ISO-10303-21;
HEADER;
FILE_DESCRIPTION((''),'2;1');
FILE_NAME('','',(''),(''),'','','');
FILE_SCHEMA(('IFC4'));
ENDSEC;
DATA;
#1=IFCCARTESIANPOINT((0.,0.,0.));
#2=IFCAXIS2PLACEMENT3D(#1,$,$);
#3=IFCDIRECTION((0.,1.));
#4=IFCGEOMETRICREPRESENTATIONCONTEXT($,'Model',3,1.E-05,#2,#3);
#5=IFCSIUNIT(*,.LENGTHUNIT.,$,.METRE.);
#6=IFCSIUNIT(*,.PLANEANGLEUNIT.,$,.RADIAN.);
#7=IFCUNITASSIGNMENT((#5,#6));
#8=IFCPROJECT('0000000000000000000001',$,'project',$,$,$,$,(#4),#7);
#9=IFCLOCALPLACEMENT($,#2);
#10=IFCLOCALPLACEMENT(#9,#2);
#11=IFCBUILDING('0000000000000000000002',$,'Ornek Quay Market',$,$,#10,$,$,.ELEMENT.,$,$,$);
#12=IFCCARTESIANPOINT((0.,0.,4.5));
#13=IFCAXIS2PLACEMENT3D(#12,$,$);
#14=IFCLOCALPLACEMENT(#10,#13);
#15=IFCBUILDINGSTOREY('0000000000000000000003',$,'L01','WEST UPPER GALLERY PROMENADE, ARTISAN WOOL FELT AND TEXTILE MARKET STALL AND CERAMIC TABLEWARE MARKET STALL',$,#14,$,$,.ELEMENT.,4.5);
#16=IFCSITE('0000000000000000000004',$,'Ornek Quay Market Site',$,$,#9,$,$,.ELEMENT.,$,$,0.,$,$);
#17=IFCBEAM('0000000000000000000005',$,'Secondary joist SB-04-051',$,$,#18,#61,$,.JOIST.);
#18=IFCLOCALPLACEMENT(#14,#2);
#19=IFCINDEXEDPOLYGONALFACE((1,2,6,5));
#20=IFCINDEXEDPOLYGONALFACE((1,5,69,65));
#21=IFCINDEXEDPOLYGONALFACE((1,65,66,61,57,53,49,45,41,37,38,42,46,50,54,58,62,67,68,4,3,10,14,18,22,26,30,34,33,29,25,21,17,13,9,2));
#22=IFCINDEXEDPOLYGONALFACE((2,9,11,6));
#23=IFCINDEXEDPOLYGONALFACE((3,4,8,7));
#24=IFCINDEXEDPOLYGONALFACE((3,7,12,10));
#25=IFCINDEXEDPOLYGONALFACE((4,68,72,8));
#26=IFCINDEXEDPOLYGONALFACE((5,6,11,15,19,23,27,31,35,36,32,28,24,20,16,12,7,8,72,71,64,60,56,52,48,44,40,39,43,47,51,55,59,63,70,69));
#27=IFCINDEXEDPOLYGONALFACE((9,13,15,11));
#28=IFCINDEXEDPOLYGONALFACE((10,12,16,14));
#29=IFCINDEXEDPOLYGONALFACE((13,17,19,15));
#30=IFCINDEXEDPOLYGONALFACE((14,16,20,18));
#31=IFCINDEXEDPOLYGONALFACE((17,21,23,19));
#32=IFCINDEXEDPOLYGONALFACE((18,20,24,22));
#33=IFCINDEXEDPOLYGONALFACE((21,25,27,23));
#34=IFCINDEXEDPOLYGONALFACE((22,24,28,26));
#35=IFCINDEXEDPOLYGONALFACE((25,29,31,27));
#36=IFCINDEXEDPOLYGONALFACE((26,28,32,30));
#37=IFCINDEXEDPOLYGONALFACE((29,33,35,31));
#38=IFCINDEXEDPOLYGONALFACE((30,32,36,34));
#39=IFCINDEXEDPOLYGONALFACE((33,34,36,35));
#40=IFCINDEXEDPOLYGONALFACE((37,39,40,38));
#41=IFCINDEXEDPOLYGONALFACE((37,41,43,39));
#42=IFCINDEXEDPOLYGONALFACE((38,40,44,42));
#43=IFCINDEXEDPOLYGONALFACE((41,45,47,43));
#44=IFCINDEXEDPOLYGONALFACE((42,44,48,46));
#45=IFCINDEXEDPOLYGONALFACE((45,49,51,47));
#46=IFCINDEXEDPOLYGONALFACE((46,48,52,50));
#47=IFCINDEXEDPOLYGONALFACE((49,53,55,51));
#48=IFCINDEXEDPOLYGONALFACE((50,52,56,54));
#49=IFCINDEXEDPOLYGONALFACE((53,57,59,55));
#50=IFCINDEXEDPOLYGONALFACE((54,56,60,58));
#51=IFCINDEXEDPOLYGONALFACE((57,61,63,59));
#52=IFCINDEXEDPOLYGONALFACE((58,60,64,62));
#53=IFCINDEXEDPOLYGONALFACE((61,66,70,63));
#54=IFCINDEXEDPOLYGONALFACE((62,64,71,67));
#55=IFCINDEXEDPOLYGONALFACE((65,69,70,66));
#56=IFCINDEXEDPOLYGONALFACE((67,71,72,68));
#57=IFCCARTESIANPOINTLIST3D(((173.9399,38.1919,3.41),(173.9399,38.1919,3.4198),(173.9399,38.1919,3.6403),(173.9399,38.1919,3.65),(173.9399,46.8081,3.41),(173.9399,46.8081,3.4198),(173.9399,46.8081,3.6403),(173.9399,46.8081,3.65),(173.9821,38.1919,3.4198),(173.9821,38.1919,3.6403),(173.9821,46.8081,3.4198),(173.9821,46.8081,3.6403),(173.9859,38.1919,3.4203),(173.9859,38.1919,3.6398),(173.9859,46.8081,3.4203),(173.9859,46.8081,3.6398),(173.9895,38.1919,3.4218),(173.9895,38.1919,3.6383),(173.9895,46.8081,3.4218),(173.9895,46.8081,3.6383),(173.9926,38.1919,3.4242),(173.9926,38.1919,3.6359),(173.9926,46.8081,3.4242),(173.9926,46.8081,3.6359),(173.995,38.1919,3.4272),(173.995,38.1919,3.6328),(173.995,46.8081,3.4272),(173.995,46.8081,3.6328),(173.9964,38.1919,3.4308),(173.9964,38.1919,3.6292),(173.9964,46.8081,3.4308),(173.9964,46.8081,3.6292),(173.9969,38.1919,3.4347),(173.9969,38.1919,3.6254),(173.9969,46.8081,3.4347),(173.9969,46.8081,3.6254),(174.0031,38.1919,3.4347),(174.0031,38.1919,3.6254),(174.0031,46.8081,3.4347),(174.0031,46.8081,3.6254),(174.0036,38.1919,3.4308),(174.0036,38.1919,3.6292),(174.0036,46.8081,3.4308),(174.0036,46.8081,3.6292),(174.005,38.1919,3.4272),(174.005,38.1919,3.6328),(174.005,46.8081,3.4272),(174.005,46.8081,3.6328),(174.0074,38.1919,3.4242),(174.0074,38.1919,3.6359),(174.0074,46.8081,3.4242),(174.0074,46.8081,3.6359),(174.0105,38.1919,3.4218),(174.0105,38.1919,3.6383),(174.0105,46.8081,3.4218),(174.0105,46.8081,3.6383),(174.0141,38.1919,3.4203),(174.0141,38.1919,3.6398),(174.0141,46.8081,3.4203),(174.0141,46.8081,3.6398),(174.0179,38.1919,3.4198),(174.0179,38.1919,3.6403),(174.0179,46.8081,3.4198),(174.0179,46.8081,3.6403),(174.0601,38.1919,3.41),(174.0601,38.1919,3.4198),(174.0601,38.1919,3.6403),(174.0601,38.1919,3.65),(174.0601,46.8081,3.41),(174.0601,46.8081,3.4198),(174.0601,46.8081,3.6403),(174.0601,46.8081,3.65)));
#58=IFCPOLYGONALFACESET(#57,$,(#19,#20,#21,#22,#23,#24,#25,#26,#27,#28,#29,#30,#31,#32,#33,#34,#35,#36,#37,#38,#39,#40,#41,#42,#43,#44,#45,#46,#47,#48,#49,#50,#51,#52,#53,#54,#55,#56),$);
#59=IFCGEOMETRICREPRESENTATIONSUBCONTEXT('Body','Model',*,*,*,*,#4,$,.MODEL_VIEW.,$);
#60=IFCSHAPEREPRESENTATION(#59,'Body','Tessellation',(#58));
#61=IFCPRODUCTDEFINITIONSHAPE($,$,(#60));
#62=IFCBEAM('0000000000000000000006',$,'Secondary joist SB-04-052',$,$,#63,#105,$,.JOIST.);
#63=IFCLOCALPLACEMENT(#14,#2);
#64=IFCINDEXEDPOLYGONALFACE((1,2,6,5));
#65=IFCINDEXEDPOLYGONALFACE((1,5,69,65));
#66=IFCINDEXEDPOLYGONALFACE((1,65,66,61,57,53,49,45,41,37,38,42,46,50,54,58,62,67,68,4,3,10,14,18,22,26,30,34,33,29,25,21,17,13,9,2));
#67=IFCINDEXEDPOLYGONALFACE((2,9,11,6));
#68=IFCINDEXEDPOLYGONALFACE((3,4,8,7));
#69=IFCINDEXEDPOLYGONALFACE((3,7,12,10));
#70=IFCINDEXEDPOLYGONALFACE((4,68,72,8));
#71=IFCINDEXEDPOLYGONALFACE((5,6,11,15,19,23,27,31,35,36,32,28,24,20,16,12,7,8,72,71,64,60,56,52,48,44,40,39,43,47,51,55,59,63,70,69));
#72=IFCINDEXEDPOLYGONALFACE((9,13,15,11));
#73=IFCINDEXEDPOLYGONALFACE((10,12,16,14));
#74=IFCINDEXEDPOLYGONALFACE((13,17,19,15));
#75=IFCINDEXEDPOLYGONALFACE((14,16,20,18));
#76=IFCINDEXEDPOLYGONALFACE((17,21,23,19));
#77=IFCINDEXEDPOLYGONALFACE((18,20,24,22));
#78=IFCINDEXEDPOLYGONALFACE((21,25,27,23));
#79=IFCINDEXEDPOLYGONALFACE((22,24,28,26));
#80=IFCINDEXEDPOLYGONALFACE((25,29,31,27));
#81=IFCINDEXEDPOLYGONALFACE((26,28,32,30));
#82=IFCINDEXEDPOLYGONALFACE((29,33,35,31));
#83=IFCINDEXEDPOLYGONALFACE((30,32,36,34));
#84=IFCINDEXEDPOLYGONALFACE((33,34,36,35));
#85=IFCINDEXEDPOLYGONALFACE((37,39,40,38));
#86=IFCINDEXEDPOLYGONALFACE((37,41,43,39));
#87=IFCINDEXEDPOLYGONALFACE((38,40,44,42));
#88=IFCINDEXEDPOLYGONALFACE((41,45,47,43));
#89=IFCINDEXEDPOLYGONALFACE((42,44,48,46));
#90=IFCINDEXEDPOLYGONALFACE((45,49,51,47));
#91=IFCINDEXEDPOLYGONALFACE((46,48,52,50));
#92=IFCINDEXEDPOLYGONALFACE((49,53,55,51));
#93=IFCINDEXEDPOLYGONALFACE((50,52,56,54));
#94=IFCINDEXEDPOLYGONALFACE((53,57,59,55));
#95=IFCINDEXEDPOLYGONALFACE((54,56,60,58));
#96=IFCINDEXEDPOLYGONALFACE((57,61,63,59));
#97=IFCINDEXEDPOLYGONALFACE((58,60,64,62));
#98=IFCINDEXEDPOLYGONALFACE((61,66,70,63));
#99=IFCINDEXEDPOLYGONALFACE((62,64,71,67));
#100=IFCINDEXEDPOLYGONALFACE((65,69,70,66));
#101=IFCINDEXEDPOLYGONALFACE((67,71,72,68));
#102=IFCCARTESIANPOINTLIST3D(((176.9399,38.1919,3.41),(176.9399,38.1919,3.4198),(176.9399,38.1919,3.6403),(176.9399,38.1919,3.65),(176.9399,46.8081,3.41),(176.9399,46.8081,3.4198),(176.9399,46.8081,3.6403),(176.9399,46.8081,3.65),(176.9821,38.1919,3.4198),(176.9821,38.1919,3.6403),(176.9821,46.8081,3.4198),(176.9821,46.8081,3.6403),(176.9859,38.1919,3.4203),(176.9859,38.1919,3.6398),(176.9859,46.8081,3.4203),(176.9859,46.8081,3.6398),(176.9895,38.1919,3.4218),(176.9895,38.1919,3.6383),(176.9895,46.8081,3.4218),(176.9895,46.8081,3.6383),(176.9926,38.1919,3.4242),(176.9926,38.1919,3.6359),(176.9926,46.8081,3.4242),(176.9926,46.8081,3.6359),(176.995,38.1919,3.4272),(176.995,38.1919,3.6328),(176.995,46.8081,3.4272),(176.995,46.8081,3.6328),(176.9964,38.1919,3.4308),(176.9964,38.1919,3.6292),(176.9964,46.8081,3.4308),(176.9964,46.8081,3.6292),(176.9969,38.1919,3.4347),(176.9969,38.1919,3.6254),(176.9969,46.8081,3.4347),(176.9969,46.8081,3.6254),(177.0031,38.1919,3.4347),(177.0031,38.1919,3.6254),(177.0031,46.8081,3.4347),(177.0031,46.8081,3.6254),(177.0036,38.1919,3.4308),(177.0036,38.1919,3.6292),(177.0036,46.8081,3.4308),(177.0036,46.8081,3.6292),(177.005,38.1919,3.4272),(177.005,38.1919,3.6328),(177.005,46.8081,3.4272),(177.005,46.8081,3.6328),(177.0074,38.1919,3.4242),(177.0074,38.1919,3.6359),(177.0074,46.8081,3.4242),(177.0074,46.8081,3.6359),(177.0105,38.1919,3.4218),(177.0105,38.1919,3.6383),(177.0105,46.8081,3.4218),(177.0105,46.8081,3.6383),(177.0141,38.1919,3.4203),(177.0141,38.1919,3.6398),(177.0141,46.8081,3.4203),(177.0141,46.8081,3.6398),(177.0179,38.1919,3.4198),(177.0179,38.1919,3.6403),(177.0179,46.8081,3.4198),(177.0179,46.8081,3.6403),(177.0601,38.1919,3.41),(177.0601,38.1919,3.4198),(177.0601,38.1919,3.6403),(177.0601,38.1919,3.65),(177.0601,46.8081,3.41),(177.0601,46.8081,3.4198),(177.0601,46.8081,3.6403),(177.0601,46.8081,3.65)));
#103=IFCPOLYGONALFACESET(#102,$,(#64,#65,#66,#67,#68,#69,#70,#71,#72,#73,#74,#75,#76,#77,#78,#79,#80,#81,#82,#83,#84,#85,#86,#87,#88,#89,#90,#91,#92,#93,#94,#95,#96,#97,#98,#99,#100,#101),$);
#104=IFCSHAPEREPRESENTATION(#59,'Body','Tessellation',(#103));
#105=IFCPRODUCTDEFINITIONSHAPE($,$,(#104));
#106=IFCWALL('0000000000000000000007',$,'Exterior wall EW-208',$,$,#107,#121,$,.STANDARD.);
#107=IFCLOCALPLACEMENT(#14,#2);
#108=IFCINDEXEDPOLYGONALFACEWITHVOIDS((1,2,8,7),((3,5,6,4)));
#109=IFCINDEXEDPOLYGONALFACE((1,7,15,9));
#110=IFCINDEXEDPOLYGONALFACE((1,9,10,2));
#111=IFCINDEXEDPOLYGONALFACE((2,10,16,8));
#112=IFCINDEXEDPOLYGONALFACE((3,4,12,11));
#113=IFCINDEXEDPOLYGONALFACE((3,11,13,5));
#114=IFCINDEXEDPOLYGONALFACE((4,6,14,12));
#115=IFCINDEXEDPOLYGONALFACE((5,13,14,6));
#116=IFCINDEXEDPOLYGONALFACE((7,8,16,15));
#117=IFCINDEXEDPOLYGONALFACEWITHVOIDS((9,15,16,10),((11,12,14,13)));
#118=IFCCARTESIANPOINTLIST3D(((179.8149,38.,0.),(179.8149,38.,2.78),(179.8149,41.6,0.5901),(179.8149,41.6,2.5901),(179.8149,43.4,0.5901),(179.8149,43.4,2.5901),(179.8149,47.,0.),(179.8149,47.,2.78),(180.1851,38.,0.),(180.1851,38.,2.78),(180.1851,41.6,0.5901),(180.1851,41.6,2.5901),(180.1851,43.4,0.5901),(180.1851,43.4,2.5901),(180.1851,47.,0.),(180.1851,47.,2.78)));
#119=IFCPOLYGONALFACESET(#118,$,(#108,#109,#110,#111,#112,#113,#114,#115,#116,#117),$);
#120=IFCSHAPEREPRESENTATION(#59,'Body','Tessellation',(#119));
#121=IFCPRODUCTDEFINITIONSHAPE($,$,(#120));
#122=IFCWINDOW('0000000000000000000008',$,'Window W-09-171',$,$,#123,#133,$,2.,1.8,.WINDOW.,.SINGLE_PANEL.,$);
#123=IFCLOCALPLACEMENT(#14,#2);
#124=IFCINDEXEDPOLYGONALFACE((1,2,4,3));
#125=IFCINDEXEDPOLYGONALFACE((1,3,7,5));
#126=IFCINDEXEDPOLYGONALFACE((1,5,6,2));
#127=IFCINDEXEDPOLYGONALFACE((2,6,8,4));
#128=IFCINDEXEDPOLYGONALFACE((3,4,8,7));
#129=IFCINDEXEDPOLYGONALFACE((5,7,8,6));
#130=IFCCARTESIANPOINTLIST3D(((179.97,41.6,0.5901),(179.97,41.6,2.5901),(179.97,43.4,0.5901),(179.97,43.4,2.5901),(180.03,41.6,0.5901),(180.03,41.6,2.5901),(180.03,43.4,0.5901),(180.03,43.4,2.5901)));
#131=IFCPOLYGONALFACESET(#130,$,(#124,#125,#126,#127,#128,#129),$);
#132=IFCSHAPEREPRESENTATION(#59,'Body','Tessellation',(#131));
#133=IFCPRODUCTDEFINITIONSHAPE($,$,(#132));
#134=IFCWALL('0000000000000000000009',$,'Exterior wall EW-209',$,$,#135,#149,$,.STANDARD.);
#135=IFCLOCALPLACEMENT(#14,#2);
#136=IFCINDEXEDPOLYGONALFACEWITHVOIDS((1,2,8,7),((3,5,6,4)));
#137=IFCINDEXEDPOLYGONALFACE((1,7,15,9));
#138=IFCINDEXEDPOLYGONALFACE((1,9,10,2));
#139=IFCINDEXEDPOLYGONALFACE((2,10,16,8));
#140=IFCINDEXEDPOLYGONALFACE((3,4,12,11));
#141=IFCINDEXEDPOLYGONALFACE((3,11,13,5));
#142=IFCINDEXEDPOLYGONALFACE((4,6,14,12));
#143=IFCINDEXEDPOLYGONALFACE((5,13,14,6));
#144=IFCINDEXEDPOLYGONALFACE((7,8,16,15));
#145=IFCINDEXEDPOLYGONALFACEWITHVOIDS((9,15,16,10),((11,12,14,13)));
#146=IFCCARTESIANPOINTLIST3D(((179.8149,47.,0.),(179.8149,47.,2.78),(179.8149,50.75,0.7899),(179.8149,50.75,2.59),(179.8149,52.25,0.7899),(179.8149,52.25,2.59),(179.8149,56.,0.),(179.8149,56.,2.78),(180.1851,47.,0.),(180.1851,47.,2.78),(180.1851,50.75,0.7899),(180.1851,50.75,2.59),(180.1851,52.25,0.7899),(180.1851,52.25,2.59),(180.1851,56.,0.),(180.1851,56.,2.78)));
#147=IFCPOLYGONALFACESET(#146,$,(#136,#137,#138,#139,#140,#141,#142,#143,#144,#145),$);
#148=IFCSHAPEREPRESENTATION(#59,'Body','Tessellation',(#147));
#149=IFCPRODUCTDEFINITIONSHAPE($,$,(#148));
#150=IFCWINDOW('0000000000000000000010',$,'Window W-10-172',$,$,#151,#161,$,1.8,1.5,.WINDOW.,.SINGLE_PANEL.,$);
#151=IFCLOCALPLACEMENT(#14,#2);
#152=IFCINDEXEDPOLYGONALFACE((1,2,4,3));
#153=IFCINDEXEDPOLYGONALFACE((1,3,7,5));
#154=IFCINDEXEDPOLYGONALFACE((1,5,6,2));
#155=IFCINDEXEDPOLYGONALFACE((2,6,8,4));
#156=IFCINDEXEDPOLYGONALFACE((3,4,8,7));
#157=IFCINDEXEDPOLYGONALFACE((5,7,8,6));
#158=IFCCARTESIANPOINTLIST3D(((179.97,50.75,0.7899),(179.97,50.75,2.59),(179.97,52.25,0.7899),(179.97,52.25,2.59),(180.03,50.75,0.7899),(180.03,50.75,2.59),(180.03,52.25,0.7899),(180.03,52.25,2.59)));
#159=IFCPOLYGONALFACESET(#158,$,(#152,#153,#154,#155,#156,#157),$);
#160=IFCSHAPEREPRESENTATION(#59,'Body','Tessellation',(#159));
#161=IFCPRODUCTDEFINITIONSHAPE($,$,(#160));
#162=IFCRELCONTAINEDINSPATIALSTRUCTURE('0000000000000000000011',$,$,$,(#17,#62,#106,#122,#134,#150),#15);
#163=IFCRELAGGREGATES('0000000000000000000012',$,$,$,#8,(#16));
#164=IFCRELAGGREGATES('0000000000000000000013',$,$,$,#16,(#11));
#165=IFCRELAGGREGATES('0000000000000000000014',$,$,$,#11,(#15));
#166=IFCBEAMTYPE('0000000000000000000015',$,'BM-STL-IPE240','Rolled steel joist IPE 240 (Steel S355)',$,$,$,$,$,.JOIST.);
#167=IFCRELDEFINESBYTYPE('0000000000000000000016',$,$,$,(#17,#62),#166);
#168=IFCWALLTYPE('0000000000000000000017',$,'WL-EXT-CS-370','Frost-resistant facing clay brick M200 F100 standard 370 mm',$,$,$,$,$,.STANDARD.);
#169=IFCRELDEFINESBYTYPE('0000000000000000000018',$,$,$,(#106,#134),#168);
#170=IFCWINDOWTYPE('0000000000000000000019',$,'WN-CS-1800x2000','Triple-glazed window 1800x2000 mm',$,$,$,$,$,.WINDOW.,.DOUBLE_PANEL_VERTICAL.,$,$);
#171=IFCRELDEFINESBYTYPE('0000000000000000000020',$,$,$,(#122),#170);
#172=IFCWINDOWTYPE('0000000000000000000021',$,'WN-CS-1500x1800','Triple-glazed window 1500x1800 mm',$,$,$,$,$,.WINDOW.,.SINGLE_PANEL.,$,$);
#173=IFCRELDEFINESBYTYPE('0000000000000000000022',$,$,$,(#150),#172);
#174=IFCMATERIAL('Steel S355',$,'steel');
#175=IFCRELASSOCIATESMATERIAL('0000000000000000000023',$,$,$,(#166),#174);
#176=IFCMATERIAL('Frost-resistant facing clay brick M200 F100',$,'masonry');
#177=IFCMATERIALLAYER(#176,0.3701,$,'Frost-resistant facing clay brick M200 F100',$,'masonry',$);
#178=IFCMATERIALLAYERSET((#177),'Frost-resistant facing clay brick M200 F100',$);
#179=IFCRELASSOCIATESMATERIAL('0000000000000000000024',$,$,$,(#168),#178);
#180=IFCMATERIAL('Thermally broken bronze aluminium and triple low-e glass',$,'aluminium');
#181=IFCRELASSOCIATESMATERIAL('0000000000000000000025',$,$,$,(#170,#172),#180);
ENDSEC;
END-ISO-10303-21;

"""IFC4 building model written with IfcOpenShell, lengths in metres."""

from ifc_helpers import new_model, si_unit, direction, frame, frame_2d, origin, origin_2d, place, context, subcontext, project, spatial, rectangle, i_section, extrude, material, layer, layer_set, material_profile, profile_set, type_object, element, fill, save


model = new_model("IFC4")

# Units and contexts
model_context = context("Model", 3, precision=1e-05, world=origin(), true_north=direction((0.0, 1.0)))
body_context = subcontext(model_context, "Body", "Model", "MODEL_VIEW")
ifc_project = project(units=[si_unit("LENGTHUNIT", "METRE"), si_unit("PLANEANGLEUNIT", "RADIAN")], contexts=[model_context])

# Site, building, storey
site_placement = place(None, origin())
site = spatial("IfcSite", under=ifc_project, at=site_placement, Name="Ornek Quay Market Site", CompositionType="ELEMENT", RefElevation=0.0)
building_placement = place(site_placement, origin())
building = spatial("IfcBuilding", under=site, at=building_placement, Name="Ornek Quay Market", CompositionType="ELEMENT")
storey_placement = place(building_placement, frame((0.0, 0.0, 4.5)))
storey = spatial("IfcBuildingStorey", under=building, at=storey_placement, Name="L01", Description="WEST UPPER GALLERY PROMENADE, ARTISAN WOOL FELT AND TEXTILE MARKET STALL AND CERAMIC TABLEWARE MARKET STALL", CompositionType="ELEMENT", Elevation=4.5)

# Beams
ifc_material_1 = material(Name="Steel S355", Category="steel")
ifc_material_profile_1 = material_profile(ifc_material_1, i_section(OverallWidth=0.1201, OverallDepth=0.24, WebThickness=0.0061, FlangeThickness=0.0098, FilletRadius=0.0149, at=origin_2d()), Name="IPE 240", Category="steel")
ifc_profile_set_1 = profile_set([ifc_material_profile_1], Name="Steel S355")
beam_type_1 = type_object("IfcBeamType", Name="BM-STL-IPE240", Description="Rolled steel joist IPE 240 (Steel S355)", PredefinedType="JOIST", material=ifc_profile_set_1)
for number, where, z_axis, x_axis, name in (
    (1, (174.0, 38.1919, 3.53), (0.0, 1.0, 0.0), (-1.0, 0.0, 0.0), "Secondary joist SB-04-051"),
    (2, (177.0, 38.1919, 3.53), (0.0, 1.0, 0.0), (-1.0, 0.0, 0.0), "Secondary joist SB-04-052"),
):
    element("IfcBeam", number, at=place(storey_placement, frame(where, z_axis=z_axis, x_axis=x_axis)), inside=storey, type_object=beam_type_1, Name=name, PredefinedType="JOIST", context=body_context, shape_type="SweptSolid", body=[
        extrude(i_section(OverallWidth=0.1201, OverallDepth=0.24, WebThickness=0.0061, FlangeThickness=0.0098, FilletRadius=0.0149, at=origin_2d()), origin(), (0.0, 0.0, 1.0), 8.6162),
    ])

# Walls, openings, windows
ifc_material_2 = material(Name="Frost-resistant facing clay brick M200 F100", Category="masonry")
ifc_layer_1 = layer(ifc_material_2, 0.3701, Name="Frost-resistant facing clay brick M200 F100", Category="masonry")
ifc_layer_set_1 = layer_set([ifc_layer_1], Name="Frost-resistant facing clay brick M200 F100")
wall_type = type_object("IfcWallType", Name="WL-EXT-CS-370", Description="Frost-resistant facing clay brick M200 F100 standard 370 mm", PredefinedType="STANDARD", material=ifc_layer_set_1)
wall_1_placement = place(storey_placement, frame((180.0, 38.0, 0.0), z_axis=(0.0, 0.0, 1.0), x_axis=(0.0, 1.0, 0.0)))
wall_1 = element("IfcWall", 3, at=wall_1_placement, inside=storey, type_object=wall_type, Name="Exterior wall EW-208", PredefinedType="STANDARD", context=body_context, shape_type="SweptSolid", body=[
    extrude(rectangle(XDim=9.0, YDim=0.3701, at=frame_2d((4.5, 0.0))), origin(), (0.0, 0.0, 1.0), 2.78),
])
opening_1_placement = place(wall_1_placement, frame((3.6001, 0.0, 0.5901)))
opening_1 = element("IfcOpeningElement", 4, at=opening_1_placement, cuts=wall_1, PredefinedType="OPENING", context=body_context, shape_type="SweptSolid", body=[
    extrude(rectangle(XDim=1.8, YDim=2.0, at=frame_2d((0.8999, 1.0))), frame((0.0, 0.1951, 0.0), z_axis=(0.0, -1.0, 0.0), x_axis=(1.0, 0.0, 0.0)), (0.0, 0.0, 1.0), 0.3901),
])
ifc_material_3 = material(Name="Thermally broken bronze aluminium and triple low-e glass", Category="aluminium")
window_type_1 = type_object("IfcWindowType", Name="WN-CS-1800x2000", Description="Triple-glazed window 1800x2000 mm", PartitioningType="DOUBLE_PANEL_VERTICAL", PredefinedType="WINDOW", material=ifc_material_3)
window_1_placement = place(opening_1_placement, origin())
window_1 = element("IfcWindow", 5, at=window_1_placement, inside=storey, type_object=window_type_1, Name="Window W-09-171", OverallHeight=2.0, OverallWidth=1.8, PartitioningType="SINGLE_PANEL", PredefinedType="WINDOW", context=body_context, shape_type="SweptSolid", body=[
    extrude(rectangle(XDim=1.8, YDim=2.0, at=frame_2d((0.8999, 1.0))), frame((0.0, 0.03, 0.0), z_axis=(0.0, -1.0, 0.0), x_axis=(1.0, 0.0, 0.0)), (0.0, 0.0, 1.0), 0.0601),
])
fill(opening_1, window_1)
wall_2_placement = place(storey_placement, frame((180.0, 47.0, 0.0), z_axis=(0.0, 0.0, 1.0), x_axis=(0.0, 1.0, 0.0)))
wall_2 = element("IfcWall", 6, at=wall_2_placement, inside=storey, type_object=wall_type, Name="Exterior wall EW-209", PredefinedType="STANDARD", context=body_context, shape_type="SweptSolid", body=[
    extrude(rectangle(XDim=9.0, YDim=0.3701, at=frame_2d((4.5, 0.0))), origin(), (0.0, 0.0, 1.0), 2.78),
])
opening_2_placement = place(wall_2_placement, frame((3.75, 0.0, 0.79)))
opening_2 = element("IfcOpeningElement", 7, at=opening_2_placement, cuts=wall_2, PredefinedType="OPENING", context=body_context, shape_type="SweptSolid", body=[
    extrude(rectangle(XDim=1.5, YDim=1.8, at=frame_2d((0.75, 0.8999))), frame((0.0, 0.1951, 0.0), z_axis=(0.0, -1.0, 0.0), x_axis=(1.0, 0.0, 0.0)), (0.0, 0.0, 1.0), 0.3901),
])
window_type_2 = type_object("IfcWindowType", Name="WN-CS-1500x1800", Description="Triple-glazed window 1500x1800 mm", PartitioningType="SINGLE_PANEL", PredefinedType="WINDOW", material=ifc_material_3)
window_2_placement = place(opening_2_placement, origin())
window_2 = element("IfcWindow", 8, at=window_2_placement, inside=storey, type_object=window_type_2, Name="Window W-10-172", OverallHeight=1.8, OverallWidth=1.5, PartitioningType="SINGLE_PANEL", PredefinedType="WINDOW", context=body_context, shape_type="SweptSolid", body=[
    extrude(rectangle(XDim=1.5, YDim=1.8, at=frame_2d((0.75, 0.8999))), frame((0.0, 0.03, 0.0), z_axis=(0.0, -1.0, 0.0), x_axis=(1.0, 0.0, 0.0)), (0.0, 0.0, 1.0), 0.0601),
])
fill(opening_2, window_2)

save(model, "model.ifc")
